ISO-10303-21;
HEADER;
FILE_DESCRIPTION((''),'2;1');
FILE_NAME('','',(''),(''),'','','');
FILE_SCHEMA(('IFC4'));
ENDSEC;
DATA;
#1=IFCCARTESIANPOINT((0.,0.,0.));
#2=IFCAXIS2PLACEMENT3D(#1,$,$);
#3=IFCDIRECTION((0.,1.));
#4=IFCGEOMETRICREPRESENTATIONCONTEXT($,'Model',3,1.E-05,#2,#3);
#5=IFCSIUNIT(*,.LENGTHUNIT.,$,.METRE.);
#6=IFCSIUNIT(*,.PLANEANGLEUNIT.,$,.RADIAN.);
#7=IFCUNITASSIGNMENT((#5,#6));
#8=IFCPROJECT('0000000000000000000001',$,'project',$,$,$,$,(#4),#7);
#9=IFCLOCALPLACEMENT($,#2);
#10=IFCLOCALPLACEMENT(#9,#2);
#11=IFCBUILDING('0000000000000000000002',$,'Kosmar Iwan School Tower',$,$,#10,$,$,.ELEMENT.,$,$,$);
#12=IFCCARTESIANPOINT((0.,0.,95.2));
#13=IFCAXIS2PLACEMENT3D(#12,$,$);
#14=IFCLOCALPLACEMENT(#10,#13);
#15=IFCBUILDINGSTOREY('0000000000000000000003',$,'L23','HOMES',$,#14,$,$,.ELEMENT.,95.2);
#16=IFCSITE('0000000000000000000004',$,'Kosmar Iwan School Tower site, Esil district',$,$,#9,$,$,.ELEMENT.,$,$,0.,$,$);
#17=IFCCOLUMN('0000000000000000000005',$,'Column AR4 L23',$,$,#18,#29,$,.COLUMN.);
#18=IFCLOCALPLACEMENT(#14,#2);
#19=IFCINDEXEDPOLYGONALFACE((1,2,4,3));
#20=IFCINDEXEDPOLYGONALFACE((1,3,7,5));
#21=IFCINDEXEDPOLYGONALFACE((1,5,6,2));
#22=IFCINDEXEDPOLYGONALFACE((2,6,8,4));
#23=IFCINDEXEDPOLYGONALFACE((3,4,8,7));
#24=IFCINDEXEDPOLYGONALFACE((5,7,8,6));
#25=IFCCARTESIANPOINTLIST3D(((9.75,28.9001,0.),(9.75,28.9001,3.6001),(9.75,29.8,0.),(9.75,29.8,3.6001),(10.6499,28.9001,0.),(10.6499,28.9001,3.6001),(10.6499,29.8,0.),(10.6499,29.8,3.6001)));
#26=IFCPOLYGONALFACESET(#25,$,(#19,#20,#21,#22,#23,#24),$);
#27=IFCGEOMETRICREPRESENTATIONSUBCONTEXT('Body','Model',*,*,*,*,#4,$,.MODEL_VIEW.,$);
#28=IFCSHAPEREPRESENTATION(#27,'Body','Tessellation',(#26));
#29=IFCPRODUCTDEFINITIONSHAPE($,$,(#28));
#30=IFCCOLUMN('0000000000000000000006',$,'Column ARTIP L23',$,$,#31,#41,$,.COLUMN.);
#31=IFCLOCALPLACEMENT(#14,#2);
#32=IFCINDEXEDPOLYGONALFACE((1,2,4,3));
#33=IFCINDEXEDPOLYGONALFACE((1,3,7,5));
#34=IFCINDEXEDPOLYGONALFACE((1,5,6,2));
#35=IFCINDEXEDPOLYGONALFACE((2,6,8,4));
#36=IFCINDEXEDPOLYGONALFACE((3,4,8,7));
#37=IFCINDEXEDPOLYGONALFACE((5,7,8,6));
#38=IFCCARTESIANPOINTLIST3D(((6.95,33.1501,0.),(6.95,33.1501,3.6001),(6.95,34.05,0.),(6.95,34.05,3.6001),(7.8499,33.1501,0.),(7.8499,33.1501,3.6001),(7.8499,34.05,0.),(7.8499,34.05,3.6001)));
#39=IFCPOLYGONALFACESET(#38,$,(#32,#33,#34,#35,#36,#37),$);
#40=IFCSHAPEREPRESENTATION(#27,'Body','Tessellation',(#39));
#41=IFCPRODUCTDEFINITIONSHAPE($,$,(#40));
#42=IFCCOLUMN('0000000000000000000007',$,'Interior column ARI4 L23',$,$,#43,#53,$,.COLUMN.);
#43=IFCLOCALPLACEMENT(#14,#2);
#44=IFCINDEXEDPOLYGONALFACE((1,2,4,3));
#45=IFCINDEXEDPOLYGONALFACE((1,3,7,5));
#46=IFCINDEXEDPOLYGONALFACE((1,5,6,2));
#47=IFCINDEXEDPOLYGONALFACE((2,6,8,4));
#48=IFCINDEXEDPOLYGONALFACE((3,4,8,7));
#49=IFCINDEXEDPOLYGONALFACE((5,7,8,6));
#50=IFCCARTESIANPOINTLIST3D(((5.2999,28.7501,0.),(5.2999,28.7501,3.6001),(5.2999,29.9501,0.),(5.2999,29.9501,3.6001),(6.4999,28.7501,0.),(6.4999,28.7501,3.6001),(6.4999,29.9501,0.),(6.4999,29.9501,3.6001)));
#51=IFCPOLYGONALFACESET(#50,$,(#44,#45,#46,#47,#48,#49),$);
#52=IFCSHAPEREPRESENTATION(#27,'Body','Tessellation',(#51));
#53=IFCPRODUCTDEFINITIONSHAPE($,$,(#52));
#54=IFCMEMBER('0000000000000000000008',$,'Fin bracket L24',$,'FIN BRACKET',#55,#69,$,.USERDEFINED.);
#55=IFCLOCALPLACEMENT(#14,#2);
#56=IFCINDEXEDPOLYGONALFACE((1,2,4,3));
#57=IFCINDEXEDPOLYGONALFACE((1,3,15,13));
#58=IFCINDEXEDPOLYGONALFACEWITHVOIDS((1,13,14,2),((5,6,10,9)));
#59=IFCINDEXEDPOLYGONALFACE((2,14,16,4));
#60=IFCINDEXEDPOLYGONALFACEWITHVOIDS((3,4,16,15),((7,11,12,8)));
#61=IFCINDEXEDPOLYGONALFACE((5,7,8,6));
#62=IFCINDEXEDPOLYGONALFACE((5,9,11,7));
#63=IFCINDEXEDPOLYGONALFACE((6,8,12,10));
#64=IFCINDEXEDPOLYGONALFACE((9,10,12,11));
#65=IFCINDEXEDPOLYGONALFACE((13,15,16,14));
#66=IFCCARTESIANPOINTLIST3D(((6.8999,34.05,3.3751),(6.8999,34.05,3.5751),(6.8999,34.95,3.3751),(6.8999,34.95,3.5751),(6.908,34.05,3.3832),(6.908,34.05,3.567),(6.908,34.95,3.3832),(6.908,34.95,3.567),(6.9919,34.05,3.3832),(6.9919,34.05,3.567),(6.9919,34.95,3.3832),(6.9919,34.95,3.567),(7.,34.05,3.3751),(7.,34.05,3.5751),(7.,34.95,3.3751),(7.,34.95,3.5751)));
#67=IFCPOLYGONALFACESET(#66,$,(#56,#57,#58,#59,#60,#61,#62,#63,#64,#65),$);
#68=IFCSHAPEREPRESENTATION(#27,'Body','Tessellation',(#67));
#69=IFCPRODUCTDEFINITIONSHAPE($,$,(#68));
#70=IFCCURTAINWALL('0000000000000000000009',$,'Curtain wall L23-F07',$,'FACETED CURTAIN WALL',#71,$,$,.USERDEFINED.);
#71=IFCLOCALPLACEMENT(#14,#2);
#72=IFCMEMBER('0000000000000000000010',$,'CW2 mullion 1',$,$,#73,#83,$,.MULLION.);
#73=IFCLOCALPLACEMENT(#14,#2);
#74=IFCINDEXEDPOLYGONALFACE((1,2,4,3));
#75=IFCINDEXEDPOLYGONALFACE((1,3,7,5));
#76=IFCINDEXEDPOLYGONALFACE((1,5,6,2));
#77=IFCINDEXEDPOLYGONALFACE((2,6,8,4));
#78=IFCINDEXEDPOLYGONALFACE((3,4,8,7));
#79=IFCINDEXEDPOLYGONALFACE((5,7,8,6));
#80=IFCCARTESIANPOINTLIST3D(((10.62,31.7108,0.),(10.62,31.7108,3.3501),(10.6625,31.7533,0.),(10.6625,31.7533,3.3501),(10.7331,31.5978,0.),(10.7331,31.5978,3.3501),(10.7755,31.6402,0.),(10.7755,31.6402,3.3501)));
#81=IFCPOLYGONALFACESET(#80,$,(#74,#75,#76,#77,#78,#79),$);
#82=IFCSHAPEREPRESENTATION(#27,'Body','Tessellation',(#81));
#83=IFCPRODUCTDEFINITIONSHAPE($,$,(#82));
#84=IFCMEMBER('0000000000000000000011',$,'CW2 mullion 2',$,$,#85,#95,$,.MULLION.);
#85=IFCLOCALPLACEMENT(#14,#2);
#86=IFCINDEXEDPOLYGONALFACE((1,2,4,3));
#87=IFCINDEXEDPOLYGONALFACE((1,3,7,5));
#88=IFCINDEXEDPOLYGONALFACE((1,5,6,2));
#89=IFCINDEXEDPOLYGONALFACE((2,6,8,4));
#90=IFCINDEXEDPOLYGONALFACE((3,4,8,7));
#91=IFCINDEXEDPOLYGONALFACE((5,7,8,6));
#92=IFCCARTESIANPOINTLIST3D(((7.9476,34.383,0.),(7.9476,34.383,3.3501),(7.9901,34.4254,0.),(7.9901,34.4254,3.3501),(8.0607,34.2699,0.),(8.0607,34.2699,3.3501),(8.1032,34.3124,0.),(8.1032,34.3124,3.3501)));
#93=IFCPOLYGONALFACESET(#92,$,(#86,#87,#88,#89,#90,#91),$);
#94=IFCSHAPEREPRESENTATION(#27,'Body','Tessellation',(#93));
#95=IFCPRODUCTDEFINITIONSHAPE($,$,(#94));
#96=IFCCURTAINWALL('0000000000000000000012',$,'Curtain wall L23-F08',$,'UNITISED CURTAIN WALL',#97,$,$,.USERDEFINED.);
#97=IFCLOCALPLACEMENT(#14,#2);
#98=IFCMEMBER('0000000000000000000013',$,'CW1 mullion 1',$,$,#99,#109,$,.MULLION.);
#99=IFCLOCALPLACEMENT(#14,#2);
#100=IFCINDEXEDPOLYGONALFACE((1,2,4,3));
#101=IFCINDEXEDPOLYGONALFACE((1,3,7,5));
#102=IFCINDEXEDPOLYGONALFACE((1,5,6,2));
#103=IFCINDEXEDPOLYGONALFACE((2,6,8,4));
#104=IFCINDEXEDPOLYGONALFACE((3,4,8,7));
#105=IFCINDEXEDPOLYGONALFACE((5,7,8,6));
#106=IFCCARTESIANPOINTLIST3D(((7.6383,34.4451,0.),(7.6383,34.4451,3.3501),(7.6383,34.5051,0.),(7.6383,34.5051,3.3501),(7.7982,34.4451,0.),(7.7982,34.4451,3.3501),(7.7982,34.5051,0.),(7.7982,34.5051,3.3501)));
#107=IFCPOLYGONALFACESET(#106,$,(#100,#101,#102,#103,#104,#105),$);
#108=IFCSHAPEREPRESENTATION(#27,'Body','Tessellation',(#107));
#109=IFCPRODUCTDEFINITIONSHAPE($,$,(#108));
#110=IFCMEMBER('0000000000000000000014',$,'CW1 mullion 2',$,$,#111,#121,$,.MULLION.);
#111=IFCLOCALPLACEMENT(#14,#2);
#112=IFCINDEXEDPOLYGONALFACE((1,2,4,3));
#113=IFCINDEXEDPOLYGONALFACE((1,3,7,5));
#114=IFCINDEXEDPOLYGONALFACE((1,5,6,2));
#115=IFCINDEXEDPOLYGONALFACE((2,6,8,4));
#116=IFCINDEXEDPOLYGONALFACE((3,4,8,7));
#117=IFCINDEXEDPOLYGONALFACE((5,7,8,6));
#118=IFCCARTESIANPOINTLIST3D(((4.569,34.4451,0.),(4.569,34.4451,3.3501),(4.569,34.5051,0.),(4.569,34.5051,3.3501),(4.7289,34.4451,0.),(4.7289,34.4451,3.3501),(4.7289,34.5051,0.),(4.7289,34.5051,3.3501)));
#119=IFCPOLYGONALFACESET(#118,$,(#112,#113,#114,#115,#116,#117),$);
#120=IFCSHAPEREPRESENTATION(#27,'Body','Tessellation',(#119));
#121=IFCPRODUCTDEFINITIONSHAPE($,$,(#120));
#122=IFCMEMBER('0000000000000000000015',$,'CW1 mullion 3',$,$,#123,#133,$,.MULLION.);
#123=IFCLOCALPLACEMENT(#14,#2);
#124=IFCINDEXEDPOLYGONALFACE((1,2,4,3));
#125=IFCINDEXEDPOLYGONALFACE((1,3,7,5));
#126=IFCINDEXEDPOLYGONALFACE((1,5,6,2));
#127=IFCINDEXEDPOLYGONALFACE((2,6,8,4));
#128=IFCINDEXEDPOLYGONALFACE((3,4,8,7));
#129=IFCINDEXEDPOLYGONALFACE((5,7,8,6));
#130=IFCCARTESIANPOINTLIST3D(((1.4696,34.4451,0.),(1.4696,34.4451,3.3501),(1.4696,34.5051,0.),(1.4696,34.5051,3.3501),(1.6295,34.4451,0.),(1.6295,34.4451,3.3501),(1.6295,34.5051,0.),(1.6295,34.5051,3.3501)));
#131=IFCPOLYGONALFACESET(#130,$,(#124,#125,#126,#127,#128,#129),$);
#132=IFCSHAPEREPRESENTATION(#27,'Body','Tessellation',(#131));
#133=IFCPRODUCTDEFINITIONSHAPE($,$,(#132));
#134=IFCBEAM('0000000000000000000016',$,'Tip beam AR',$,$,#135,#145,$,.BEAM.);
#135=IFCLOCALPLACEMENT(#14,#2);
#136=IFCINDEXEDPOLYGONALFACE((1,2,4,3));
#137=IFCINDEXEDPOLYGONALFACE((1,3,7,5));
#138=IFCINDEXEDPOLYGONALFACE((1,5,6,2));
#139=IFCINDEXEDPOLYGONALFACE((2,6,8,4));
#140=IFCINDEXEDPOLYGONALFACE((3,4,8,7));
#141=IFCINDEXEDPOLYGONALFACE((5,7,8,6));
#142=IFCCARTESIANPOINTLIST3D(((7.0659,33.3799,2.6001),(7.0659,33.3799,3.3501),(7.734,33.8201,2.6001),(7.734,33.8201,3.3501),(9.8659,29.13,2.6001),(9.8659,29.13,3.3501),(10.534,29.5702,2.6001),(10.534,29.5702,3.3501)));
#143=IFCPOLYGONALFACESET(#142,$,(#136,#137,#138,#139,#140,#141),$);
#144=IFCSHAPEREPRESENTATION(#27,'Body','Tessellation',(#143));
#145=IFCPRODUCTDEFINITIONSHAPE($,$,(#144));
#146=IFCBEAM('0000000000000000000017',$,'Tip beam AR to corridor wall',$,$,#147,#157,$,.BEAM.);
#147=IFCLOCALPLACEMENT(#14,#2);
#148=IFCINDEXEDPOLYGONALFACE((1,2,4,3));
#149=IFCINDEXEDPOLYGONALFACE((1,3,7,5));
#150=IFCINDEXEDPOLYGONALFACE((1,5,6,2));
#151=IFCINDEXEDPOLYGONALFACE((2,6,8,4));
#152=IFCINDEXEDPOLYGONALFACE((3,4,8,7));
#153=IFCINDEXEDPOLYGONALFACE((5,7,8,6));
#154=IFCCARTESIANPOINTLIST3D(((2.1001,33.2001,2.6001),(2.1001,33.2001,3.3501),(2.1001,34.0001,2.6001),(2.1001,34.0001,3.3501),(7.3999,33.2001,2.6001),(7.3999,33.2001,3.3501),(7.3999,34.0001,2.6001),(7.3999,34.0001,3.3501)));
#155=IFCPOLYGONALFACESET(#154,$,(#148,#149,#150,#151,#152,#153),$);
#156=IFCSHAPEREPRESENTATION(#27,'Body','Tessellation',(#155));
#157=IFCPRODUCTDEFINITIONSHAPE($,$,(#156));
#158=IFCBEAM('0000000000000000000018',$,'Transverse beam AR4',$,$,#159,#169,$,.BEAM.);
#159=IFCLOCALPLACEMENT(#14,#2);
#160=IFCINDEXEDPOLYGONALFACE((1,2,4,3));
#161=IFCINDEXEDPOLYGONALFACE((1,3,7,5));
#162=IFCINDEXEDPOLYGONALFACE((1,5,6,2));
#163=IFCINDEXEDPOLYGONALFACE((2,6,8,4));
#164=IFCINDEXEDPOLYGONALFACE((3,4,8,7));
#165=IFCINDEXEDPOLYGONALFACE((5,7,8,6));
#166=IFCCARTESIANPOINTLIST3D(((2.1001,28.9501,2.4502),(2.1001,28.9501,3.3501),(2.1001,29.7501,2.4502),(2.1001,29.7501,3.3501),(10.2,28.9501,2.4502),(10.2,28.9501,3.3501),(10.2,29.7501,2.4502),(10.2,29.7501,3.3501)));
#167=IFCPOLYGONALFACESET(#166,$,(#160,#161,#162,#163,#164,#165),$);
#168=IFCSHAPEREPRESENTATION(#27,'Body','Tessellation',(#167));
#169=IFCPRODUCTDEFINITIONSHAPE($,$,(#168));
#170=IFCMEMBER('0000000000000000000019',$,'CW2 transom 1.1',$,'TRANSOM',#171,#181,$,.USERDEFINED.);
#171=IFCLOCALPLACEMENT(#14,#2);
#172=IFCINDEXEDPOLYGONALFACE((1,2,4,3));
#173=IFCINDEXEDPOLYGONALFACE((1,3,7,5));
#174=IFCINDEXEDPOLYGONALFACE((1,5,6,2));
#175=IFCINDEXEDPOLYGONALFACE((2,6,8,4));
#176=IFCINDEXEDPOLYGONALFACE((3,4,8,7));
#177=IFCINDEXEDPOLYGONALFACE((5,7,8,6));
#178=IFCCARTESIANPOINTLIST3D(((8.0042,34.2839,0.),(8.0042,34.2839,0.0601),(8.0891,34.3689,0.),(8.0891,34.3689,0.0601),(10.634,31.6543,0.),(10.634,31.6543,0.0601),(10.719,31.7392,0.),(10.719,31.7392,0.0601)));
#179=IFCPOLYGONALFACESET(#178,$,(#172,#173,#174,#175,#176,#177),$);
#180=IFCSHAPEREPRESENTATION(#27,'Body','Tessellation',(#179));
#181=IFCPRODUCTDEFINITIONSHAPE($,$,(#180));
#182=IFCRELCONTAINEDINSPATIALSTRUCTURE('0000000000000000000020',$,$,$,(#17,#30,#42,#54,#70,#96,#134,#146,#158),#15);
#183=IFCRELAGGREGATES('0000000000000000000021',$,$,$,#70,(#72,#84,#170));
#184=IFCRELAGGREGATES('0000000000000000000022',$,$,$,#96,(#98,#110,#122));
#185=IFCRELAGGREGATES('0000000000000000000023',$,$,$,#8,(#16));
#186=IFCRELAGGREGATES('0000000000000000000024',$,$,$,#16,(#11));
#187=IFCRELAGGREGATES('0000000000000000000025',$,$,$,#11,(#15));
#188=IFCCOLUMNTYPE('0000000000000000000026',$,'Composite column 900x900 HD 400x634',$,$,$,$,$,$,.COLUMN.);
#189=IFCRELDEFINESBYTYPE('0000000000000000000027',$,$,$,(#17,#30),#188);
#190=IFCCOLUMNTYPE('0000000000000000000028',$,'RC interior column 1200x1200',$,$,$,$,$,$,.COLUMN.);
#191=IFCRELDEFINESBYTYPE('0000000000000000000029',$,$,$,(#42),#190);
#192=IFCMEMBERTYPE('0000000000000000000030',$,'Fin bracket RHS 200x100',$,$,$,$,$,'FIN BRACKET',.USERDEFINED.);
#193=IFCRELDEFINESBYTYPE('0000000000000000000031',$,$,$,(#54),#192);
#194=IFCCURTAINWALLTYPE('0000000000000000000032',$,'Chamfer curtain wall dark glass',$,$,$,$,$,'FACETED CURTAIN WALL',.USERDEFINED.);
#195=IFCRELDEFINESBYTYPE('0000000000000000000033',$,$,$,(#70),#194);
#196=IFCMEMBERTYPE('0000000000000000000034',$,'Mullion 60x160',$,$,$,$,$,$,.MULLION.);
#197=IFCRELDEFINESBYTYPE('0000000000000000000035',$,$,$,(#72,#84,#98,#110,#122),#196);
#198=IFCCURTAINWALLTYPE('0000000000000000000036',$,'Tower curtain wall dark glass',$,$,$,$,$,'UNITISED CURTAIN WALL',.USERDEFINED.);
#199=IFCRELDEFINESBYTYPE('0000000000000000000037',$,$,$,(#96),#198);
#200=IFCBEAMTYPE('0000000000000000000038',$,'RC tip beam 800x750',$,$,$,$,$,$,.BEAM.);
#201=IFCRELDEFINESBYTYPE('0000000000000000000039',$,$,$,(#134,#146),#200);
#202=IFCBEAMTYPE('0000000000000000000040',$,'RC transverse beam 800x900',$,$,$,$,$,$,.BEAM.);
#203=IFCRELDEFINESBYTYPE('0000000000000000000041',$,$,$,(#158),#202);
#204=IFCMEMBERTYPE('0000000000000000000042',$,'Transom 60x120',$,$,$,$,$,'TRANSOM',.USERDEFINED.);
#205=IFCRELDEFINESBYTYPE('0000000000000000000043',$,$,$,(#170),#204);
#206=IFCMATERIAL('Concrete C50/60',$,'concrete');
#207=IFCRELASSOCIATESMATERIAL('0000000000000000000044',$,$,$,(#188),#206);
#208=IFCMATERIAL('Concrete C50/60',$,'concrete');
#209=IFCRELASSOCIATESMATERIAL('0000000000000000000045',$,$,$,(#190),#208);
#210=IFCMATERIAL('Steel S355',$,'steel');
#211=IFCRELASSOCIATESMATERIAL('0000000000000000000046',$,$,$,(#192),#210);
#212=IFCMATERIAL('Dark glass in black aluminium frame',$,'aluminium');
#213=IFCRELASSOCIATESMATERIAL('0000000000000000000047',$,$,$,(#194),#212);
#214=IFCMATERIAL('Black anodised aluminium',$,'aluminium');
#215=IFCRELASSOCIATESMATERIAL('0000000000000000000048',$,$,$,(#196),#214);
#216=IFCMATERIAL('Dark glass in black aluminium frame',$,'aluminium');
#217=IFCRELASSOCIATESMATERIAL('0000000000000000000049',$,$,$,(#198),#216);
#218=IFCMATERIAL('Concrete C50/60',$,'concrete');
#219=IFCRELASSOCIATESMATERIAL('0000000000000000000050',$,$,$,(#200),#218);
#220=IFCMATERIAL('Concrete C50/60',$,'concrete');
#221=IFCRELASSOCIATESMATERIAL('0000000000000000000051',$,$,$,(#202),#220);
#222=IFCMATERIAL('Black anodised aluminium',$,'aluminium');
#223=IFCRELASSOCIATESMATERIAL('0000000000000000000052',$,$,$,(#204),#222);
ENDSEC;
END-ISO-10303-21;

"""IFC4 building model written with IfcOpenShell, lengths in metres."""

from ifc_helpers import new_model, si_unit, direction, frame, origin, origin_2d, place, context, subcontext, project, spatial, rectangle, hollow_rectangle, extrude, material, material_profile, profile_set, type_object, element, aggregate, save


model = new_model("IFC4")

# Units and contexts
model_context = context("Model", 3, precision=1e-05, world=origin(), true_north=direction((0.0, 1.0)))
body_context = subcontext(model_context, "Body", "Model", "MODEL_VIEW")
ifc_project = project(units=[si_unit("LENGTHUNIT", "METRE"), si_unit("PLANEANGLEUNIT", "RADIAN")], contexts=[model_context])

# Site, building, storey
site_placement = place(None, origin())
site = spatial("IfcSite", under=ifc_project, at=site_placement, Name="Kosmar Iwan School Tower site, Esil district", CompositionType="ELEMENT", RefElevation=0.0)
building_placement = place(site_placement, origin())
building = spatial("IfcBuilding", under=site, at=building_placement, Name="Kosmar Iwan School Tower", CompositionType="ELEMENT")
storey_placement = place(building_placement, frame((0.0, 0.0, 95.2)))
storey = spatial("IfcBuildingStorey", under=building, at=storey_placement, Name="L23", Description="HOMES", CompositionType="ELEMENT", Elevation=95.2)

# Columns
ifc_material_1 = material(Name="Concrete C50/60", Category="concrete")
ifc_material_profile_1 = material_profile(ifc_material_1, rectangle(XDim=0.8999, YDim=0.8999, at=origin_2d()), Name="RC 900x900 + HD 400x634")
ifc_profile_set_1 = profile_set([ifc_material_profile_1], Name="Concrete C50/60")
column_type_1 = type_object("IfcColumnType", Name="Composite column 900x900 HD 400x634", PredefinedType="COLUMN", material=ifc_profile_set_1)
for number, where, z_axis, x_axis, name in (
    (1, (10.2, 29.3501, 0.0), (0.0, 0.0, 1.0), (0.0, 1.0, 0.0), "Column AR4 L23"),
    (2, (7.3999, 33.6001, 0.0), (0.0, 0.0, 1.0), (0.0, 1.0, 0.0), "Column ARTIP L23"),
):
    element("IfcColumn", number, at=place(storey_placement, frame(where, z_axis=z_axis, x_axis=x_axis)), inside=storey, type_object=column_type_1, Name=name, PredefinedType="COLUMN", context=body_context, shape_type="SweptSolid", body=[
        extrude(rectangle(XDim=0.8999, YDim=0.8999, at=origin_2d()), origin(), (0.0, 0.0, 1.0), 3.6001),
    ])
ifc_material_2 = material(Name="Concrete C50/60", Category="concrete")
ifc_material_profile_2 = material_profile(ifc_material_2, rectangle(XDim=1.2, YDim=1.2, at=origin_2d()), Name="RC 1200x1200")
ifc_profile_set_2 = profile_set([ifc_material_profile_2], Name="Concrete C50/60")
column_type_2 = type_object("IfcColumnType", Name="RC interior column 1200x1200", PredefinedType="COLUMN", material=ifc_profile_set_2)
column_placement = place(storey_placement, frame((5.8999, 29.3501, 0.0), z_axis=(0.0, 0.0, 1.0), x_axis=(0.0, 1.0, 0.0)))
element("IfcColumn", 3, at=column_placement, inside=storey, type_object=column_type_2, Name="Interior column ARI4 L23", PredefinedType="COLUMN", context=body_context, shape_type="SweptSolid", body=[
    extrude(rectangle(XDim=1.2, YDim=1.2, at=origin_2d()), origin(), (0.0, 0.0, 1.0), 3.6001),
])

# Member
ifc_material_3 = material(Name="Steel S355", Category="steel")
ifc_material_profile_3 = material_profile(ifc_material_3, hollow_rectangle(XDim=0.1001, YDim=0.2, WallThickness=0.0081, at=origin_2d()), Name="RHS 200x100x8")
ifc_profile_set_3 = profile_set([ifc_material_profile_3], Name="Steel S355")
member_type_1 = type_object("IfcMemberType", Name="Fin bracket RHS 200x100", ElementType="FIN BRACKET", PredefinedType="USERDEFINED", material=ifc_profile_set_3)
member_1_placement = place(storey_placement, frame((6.95, 34.05, 3.4751), z_axis=(0.0, 1.0, 0.0), x_axis=(-1.0, 0.0, 0.0)))
element("IfcMember", 4, at=member_1_placement, inside=storey, type_object=member_type_1, Name="Fin bracket L24", ObjectType="FIN BRACKET", PredefinedType="USERDEFINED", context=body_context, shape_type="SweptSolid", body=[
    extrude(hollow_rectangle(XDim=0.1001, YDim=0.2, WallThickness=0.0081, at=origin_2d()), origin(), (0.0, 0.0, 1.0), 0.8999),
])

# Curtain walls, members
ifc_material_4 = material(Name="Dark glass in black aluminium frame", Category="aluminium")
curtain_wall_type_1 = type_object("IfcCurtainWallType", Name="Chamfer curtain wall dark glass", ElementType="FACETED CURTAIN WALL", PredefinedType="USERDEFINED", material=ifc_material_4)
curtain_wall_1_placement = place(storey_placement, origin())
curtain_wall_1 = element("IfcCurtainWall", 5, at=curtain_wall_1_placement, inside=storey, type_object=curtain_wall_type_1, Name="Curtain wall L23-F07", ObjectType="FACETED CURTAIN WALL", PredefinedType="USERDEFINED")
ifc_material_5 = material(Name="Black anodised aluminium", Category="aluminium")
ifc_material_profile_4 = material_profile(ifc_material_5, rectangle(XDim=0.0601, YDim=0.1599, at=origin_2d()), Name="MULLION 60x160")
ifc_profile_set_4 = profile_set([ifc_material_profile_4], Name="Black anodised aluminium")
member_type_2 = type_object("IfcMemberType", Name="Mullion 60x160", PredefinedType="MULLION", material=ifc_profile_set_4)
member_2_placement = place(storey_placement, frame((10.6978, 31.6755, 0.0), z_axis=(0.0, 0.0, 1.0), x_axis=(-0.707107, -0.707107, 0.0)))
member_2 = element("IfcMember", 6, at=member_2_placement, type_object=member_type_2, Name="CW2 mullion 1", PredefinedType="MULLION", context=body_context, shape_type="SweptSolid", body=[
    extrude(rectangle(XDim=0.0601, YDim=0.1599, at=origin_2d()), origin(), (0.0, 0.0, 1.0), 3.3501),
])
member_3_placement = place(storey_placement, frame((8.0254, 34.3477, 0.0), z_axis=(0.0, 0.0, 1.0), x_axis=(-0.707107, -0.707107, 0.0)))
member_3 = element("IfcMember", 7, at=member_3_placement, type_object=member_type_2, Name="CW2 mullion 2", PredefinedType="MULLION", context=body_context, shape_type="SweptSolid", body=[
    extrude(rectangle(XDim=0.0601, YDim=0.1599, at=origin_2d()), origin(), (0.0, 0.0, 1.0), 3.3501),
])
ifc_material_6 = material(Name="Dark glass in black aluminium frame", Category="aluminium")
curtain_wall_type_2 = type_object("IfcCurtainWallType", Name="Tower curtain wall dark glass", ElementType="UNITISED CURTAIN WALL", PredefinedType="USERDEFINED", material=ifc_material_6)
curtain_wall_2_placement = place(storey_placement, origin())
curtain_wall_2 = element("IfcCurtainWall", 8, at=curtain_wall_2_placement, inside=storey, type_object=curtain_wall_type_2, Name="Curtain wall L23-F08", ObjectType="UNITISED CURTAIN WALL", PredefinedType="USERDEFINED")
member_4_placement = place(storey_placement, frame((7.7183, 34.4751, 0.0), z_axis=(0.0, 0.0, 1.0), x_axis=(0.0, -1.0, 0.0)))
member_4 = element("IfcMember", 9, at=member_4_placement, type_object=member_type_2, Name="CW1 mullion 1", PredefinedType="MULLION", context=body_context, shape_type="SweptSolid", body=[
    extrude(rectangle(XDim=0.0601, YDim=0.1599, at=origin_2d()), origin(), (0.0, 0.0, 1.0), 3.3501),
])
member_5_placement = place(storey_placement, frame((4.6489, 34.4751, 0.0), z_axis=(0.0, 0.0, 1.0), x_axis=(0.0, -1.0, 0.0)))
member_5 = element("IfcMember", 10, at=member_5_placement, type_object=member_type_2, Name="CW1 mullion 2", PredefinedType="MULLION", context=body_context, shape_type="SweptSolid", body=[
    extrude(rectangle(XDim=0.0601, YDim=0.1599, at=origin_2d()), origin(), (0.0, 0.0, 1.0), 3.3501),
])
member_6_placement = place(storey_placement, frame((1.5496, 34.4751, 0.0), z_axis=(0.0, 0.0, 1.0), x_axis=(0.0, -1.0, 0.0)))
member_6 = element("IfcMember", 11, at=member_6_placement, type_object=member_type_2, Name="CW1 mullion 3", PredefinedType="MULLION", context=body_context, shape_type="SweptSolid", body=[
    extrude(rectangle(XDim=0.0601, YDim=0.1599, at=origin_2d()), origin(), (0.0, 0.0, 1.0), 3.3501),
])

# Beams
ifc_material_7 = material(Name="Concrete C50/60", Category="concrete")
ifc_material_profile_5 = material_profile(ifc_material_7, rectangle(XDim=0.8, YDim=0.75, at=origin_2d()), Name="RC 800x750")
ifc_profile_set_5 = profile_set([ifc_material_profile_5], Name="Concrete C50/60")
beam_type_1 = type_object("IfcBeamType", Name="RC tip beam 800x750", PredefinedType="BEAM", material=ifc_profile_set_5)
beam_1_placement = place(storey_placement, frame((10.2, 29.3501, 2.9751), z_axis=(-0.550164, 0.835056, 0.0), x_axis=(-0.835056, -0.550164, 0.0)))
element("IfcBeam", 12, at=beam_1_placement, inside=storey, type_object=beam_type_1, Name="Tip beam AR", PredefinedType="BEAM", context=body_context, shape_type="SweptSolid", body=[
    extrude(rectangle(XDim=0.8, YDim=0.75, at=origin_2d()), origin(), (0.0, 0.0, 1.0), 5.0894),
])
beam_2_placement = place(storey_placement, frame((7.3999, 33.6001, 2.9751), z_axis=(-1.0, 0.0, 0.0), x_axis=(0.0, -1.0, 0.0)))
element("IfcBeam", 13, at=beam_2_placement, inside=storey, type_object=beam_type_1, Name="Tip beam AR to corridor wall", PredefinedType="BEAM", context=body_context, shape_type="SweptSolid", body=[
    extrude(rectangle(XDim=0.8, YDim=0.75, at=origin_2d()), origin(), (0.0, 0.0, 1.0), 5.2998),
])
ifc_material_8 = material(Name="Concrete C50/60", Category="concrete")
ifc_material_profile_6 = material_profile(ifc_material_8, rectangle(XDim=0.8, YDim=0.8999, at=origin_2d()), Name="RC 800x900")
ifc_profile_set_6 = profile_set([ifc_material_profile_6], Name="Concrete C50/60")
beam_type_2 = type_object("IfcBeamType", Name="RC transverse beam 800x900", PredefinedType="BEAM", material=ifc_profile_set_6)
beam_3_placement = place(storey_placement, frame((10.2, 29.3501, 2.9001), z_axis=(-1.0, 0.0, 0.0), x_axis=(0.0, -1.0, 0.0)))
element("IfcBeam", 14, at=beam_3_placement, inside=storey, type_object=beam_type_2, Name="Transverse beam AR4", PredefinedType="BEAM", context=body_context, shape_type="SweptSolid", body=[
    extrude(rectangle(XDim=0.8, YDim=0.8999, at=origin_2d()), origin(), (0.0, 0.0, 1.0), 8.0999),
])

# Member
ifc_material_9 = material(Name="Black anodised aluminium", Category="aluminium")
ifc_material_profile_7 = material_profile(ifc_material_9, rectangle(XDim=0.1201, YDim=0.0601, at=origin_2d()), Name="TRANSOM 60x120")
ifc_profile_set_7 = profile_set([ifc_material_profile_7], Name="Black anodised aluminium")
member_type_3 = type_object("IfcMemberType", Name="Transom 60x120", ElementType="TRANSOM", PredefinedType="USERDEFINED", material=ifc_profile_set_7)
member_7_placement = place(storey_placement, frame((10.6765, 31.6968, 0.03), z_axis=(-0.70714, 0.707074, 0.0), x_axis=(-0.707074, -0.70714, 0.0)))
member_7 = element("IfcMember", 15, at=member_7_placement, type_object=member_type_3, Name="CW2 transom 1.1", ObjectType="TRANSOM", PredefinedType="USERDEFINED", context=body_context, shape_type="SweptSolid", body=[
    extrude(rectangle(XDim=0.1201, YDim=0.0601, at=origin_2d()), origin(), (0.0, 0.0, 1.0), 3.719),
])

aggregate(curtain_wall_1, [member_2, member_3, member_7])
aggregate(curtain_wall_2, [member_4, member_5, member_6])

save(model, "model.ifc")
